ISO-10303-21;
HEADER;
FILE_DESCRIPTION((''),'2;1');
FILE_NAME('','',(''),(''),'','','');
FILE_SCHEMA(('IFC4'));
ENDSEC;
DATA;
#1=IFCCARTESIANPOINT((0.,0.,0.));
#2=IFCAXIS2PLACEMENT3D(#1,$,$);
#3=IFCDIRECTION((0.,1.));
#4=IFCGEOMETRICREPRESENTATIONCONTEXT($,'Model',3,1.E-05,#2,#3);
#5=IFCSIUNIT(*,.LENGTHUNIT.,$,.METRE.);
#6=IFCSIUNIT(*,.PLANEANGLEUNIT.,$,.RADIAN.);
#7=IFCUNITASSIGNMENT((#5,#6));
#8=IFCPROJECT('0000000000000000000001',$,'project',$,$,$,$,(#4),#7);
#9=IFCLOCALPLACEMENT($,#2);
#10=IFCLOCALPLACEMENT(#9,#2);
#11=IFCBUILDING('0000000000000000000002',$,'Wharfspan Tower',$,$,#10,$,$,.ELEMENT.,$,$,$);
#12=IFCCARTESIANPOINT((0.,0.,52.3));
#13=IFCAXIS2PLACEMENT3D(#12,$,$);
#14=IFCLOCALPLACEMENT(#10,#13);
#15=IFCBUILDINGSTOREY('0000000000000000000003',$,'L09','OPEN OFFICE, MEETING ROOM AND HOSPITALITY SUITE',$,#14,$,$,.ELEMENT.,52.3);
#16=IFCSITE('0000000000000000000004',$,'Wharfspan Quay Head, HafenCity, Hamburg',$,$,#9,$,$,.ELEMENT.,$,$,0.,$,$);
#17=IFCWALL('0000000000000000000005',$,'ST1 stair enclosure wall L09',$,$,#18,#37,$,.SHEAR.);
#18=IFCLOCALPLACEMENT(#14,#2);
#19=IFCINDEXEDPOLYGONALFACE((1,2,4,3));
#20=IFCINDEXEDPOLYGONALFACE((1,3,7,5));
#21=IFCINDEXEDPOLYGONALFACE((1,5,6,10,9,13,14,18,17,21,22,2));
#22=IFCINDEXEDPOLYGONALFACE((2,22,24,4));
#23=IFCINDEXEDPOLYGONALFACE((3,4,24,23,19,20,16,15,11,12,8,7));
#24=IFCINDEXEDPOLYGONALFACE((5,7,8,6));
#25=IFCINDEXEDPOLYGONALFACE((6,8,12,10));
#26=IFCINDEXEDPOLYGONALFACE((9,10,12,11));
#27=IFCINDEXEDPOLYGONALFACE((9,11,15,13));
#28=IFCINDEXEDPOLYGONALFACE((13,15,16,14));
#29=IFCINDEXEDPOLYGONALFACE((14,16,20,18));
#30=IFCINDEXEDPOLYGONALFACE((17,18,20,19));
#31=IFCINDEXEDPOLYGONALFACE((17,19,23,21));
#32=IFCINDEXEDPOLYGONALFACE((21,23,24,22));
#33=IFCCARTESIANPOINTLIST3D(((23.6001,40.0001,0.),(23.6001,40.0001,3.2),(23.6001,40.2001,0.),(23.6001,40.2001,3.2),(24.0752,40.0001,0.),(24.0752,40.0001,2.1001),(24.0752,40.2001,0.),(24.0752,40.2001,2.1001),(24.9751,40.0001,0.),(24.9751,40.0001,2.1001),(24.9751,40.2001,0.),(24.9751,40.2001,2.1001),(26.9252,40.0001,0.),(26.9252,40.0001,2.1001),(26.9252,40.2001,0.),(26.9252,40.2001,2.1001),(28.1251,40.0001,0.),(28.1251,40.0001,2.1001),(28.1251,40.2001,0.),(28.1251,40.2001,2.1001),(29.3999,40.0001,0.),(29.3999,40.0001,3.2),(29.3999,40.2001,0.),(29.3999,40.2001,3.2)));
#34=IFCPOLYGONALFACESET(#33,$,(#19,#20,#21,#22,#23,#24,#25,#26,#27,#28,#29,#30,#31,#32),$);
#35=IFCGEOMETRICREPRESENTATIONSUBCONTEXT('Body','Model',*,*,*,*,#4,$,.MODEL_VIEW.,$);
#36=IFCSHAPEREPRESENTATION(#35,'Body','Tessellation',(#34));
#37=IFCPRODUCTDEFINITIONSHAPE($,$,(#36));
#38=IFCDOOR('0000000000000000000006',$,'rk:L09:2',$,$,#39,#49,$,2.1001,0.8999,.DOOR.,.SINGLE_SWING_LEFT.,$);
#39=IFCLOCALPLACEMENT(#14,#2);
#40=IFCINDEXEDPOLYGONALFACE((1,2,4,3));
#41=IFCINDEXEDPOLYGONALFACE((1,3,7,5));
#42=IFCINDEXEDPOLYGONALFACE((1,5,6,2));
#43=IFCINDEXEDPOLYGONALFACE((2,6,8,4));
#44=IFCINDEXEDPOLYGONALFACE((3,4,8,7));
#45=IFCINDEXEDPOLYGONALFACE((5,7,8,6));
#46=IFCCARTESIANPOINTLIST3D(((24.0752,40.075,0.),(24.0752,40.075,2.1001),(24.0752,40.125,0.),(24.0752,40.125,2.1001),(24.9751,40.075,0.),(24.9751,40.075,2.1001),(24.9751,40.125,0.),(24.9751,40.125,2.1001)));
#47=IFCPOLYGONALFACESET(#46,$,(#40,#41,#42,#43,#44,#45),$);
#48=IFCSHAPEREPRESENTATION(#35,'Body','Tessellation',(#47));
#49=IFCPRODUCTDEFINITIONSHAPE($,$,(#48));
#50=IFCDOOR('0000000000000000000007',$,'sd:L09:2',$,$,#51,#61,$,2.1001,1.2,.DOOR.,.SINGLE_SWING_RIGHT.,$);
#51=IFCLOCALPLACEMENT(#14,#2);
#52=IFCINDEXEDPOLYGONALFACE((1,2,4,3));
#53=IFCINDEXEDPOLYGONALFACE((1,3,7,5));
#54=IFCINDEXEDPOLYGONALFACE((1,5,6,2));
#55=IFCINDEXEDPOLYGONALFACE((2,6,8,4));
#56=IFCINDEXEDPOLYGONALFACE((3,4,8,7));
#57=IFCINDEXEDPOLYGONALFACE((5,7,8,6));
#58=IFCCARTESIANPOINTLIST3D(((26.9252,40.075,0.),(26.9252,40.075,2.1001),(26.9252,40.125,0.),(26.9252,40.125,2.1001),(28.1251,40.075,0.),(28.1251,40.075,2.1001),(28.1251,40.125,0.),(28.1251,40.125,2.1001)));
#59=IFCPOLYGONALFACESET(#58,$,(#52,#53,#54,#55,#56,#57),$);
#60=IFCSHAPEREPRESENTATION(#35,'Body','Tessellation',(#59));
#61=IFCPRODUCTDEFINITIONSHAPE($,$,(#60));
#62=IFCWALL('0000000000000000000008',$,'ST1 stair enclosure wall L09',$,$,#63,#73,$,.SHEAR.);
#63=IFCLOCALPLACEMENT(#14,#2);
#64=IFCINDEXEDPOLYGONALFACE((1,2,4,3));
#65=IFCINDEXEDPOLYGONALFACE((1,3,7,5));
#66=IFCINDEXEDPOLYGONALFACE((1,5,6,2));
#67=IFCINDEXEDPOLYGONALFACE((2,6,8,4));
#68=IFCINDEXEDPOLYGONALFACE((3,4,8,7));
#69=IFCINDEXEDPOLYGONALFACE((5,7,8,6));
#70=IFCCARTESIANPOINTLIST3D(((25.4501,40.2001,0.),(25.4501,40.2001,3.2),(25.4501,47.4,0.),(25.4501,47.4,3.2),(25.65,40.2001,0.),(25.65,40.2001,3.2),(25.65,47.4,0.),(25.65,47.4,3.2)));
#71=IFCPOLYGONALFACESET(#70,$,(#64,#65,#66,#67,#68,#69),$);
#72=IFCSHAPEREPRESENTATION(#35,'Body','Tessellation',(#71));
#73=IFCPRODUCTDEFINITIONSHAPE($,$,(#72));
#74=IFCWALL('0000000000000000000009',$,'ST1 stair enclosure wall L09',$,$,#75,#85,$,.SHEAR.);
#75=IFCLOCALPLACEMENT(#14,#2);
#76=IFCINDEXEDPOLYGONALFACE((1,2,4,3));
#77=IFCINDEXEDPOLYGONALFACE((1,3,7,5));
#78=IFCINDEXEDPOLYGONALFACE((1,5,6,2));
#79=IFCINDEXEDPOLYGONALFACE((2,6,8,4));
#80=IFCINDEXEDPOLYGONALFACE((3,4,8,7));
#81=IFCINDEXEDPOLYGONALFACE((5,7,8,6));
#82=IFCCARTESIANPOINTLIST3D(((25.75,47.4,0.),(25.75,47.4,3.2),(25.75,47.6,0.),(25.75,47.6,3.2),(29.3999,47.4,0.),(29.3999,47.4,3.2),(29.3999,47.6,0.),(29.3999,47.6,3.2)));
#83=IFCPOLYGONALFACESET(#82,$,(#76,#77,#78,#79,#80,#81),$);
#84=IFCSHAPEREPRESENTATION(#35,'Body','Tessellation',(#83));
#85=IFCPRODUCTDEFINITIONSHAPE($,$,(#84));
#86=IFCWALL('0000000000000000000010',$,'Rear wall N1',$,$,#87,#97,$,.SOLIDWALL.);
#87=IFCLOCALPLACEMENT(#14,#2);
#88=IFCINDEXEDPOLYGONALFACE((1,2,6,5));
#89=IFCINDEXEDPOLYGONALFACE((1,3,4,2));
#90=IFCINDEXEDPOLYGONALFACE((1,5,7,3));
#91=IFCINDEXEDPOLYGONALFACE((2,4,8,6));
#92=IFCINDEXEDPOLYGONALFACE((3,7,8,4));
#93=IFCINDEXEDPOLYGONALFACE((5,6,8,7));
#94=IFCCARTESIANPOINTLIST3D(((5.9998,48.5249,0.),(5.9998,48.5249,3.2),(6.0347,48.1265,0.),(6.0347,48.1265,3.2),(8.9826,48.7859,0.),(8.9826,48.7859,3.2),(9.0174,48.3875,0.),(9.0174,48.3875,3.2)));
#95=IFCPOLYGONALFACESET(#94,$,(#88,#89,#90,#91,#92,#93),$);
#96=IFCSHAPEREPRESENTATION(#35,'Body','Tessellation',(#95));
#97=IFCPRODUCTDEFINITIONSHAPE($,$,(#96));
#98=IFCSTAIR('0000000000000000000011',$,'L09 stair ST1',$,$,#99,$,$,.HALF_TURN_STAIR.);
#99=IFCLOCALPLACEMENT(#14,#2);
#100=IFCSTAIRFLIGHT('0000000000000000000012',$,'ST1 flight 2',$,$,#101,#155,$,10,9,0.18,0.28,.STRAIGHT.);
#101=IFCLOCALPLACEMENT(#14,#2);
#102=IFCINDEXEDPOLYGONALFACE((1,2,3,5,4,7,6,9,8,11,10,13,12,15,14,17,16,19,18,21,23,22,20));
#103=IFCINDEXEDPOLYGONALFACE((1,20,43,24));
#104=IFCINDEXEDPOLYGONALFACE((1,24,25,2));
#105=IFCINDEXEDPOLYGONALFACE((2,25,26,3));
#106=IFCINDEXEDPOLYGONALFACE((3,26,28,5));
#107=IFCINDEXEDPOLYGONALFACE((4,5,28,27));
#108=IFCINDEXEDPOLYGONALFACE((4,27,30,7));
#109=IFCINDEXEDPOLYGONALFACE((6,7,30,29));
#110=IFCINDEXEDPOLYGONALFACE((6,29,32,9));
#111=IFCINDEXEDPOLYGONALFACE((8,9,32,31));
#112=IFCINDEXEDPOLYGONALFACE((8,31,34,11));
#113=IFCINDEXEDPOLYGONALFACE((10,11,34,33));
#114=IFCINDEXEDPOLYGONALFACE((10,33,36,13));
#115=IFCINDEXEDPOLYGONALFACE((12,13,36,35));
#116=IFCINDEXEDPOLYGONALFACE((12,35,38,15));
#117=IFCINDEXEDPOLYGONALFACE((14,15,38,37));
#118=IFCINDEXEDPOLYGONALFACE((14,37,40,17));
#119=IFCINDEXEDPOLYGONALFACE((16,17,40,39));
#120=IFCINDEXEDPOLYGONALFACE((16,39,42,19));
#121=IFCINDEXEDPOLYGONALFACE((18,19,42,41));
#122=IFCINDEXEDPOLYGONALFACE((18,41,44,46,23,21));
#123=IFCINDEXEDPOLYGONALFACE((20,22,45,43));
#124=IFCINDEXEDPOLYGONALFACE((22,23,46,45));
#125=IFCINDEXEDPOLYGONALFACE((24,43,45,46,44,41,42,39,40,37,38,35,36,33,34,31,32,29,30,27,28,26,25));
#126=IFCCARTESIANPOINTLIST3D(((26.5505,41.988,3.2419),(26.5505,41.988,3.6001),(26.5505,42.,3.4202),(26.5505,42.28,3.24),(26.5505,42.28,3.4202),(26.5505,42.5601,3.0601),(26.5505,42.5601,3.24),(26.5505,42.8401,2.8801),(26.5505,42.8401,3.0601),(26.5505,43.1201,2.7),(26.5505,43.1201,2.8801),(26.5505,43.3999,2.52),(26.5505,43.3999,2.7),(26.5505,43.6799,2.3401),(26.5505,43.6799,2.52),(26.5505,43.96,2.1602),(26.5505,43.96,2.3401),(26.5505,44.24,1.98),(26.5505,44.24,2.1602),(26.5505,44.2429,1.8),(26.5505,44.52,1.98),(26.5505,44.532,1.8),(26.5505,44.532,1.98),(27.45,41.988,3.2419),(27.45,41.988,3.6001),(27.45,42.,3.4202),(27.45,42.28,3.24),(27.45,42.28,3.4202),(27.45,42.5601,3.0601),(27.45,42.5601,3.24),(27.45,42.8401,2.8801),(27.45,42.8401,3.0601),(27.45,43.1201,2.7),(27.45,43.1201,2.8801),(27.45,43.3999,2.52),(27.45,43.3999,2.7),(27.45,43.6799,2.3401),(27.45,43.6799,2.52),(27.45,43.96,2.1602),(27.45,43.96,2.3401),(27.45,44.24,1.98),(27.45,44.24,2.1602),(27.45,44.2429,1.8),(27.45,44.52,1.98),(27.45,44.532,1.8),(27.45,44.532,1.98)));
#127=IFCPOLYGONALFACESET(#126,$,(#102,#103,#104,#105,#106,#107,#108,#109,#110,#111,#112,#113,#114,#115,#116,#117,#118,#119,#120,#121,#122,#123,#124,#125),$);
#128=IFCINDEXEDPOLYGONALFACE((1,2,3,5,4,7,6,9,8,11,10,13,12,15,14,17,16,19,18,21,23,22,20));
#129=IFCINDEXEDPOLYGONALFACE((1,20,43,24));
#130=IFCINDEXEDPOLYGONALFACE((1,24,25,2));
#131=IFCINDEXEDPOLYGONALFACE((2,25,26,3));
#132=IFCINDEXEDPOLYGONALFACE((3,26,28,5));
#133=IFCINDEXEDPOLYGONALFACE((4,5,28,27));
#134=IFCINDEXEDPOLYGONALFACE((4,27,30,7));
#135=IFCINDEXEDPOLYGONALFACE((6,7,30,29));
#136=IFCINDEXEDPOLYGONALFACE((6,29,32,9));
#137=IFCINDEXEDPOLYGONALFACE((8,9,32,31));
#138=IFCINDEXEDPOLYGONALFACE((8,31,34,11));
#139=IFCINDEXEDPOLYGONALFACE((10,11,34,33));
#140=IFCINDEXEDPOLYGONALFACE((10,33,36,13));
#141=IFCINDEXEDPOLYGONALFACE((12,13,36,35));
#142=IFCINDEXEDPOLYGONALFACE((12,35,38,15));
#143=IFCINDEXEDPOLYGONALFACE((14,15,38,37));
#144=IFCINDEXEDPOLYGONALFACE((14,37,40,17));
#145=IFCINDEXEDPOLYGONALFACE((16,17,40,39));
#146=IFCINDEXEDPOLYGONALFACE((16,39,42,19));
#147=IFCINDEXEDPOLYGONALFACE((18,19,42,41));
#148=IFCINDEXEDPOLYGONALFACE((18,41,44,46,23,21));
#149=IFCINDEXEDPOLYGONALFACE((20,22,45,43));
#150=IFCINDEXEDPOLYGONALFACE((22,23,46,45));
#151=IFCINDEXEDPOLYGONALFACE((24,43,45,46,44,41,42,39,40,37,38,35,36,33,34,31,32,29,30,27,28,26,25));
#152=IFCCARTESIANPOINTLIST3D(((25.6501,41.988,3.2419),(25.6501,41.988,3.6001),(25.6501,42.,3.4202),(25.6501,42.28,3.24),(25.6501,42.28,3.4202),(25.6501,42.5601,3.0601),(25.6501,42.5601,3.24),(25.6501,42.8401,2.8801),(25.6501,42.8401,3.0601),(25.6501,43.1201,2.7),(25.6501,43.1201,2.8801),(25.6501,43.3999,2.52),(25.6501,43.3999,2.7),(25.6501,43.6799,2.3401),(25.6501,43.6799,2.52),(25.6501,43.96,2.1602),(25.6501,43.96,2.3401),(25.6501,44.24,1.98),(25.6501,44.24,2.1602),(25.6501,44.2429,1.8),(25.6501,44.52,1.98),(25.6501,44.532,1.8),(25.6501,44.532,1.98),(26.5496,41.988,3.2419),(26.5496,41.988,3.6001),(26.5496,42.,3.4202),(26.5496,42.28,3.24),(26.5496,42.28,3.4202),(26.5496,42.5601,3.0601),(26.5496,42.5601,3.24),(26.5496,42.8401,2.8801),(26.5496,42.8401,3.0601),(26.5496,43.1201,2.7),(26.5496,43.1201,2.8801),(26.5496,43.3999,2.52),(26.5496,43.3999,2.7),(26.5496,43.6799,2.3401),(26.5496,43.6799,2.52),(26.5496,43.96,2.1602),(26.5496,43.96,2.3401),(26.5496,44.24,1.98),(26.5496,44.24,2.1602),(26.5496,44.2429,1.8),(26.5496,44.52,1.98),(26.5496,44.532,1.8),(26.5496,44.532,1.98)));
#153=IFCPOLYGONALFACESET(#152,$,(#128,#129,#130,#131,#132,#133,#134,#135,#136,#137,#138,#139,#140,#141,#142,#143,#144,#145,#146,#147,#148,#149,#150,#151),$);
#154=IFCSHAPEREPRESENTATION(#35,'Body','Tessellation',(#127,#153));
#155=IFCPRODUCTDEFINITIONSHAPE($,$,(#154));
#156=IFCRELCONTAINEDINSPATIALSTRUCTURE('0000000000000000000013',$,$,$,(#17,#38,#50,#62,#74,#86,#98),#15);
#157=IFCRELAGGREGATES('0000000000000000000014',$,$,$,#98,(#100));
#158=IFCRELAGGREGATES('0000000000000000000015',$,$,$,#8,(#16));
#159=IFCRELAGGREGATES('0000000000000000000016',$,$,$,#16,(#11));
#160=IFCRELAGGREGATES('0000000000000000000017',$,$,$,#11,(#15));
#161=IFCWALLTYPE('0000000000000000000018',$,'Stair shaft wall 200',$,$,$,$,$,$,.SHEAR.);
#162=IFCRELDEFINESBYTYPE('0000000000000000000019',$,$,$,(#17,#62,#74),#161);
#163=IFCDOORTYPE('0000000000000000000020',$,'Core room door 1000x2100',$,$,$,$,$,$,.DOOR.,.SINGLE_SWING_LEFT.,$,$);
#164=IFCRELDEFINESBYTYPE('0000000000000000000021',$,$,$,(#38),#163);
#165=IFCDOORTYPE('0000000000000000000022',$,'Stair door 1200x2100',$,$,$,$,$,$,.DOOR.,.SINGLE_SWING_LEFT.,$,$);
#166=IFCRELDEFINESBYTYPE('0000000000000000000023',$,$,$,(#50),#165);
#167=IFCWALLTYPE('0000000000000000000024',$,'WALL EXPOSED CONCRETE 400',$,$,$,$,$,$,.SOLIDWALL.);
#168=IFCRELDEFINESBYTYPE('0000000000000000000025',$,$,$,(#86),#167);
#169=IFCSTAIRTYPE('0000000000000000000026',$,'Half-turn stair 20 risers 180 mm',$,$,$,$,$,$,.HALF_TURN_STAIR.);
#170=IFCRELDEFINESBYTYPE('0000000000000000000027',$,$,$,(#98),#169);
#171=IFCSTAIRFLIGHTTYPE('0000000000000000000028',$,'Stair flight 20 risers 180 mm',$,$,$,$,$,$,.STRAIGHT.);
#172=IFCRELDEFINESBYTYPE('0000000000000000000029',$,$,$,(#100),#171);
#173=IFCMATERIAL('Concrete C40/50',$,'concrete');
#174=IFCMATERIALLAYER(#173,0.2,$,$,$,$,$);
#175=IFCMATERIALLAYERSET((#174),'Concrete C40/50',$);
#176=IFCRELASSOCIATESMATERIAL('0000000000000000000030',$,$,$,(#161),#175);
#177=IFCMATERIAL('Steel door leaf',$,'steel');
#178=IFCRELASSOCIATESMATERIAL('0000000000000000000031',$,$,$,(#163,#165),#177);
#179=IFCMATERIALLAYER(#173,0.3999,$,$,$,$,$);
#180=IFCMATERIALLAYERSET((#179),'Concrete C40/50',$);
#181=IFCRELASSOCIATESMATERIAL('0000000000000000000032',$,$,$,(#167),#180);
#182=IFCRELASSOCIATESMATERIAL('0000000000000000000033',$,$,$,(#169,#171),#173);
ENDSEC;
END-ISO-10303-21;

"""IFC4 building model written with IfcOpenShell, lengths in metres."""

from ifc_helpers import new_model, si_unit, direction, frame, frame_2d, origin, place, context, subcontext, project, spatial, polyline, rectangle, outline, extrude, material, layer, layer_set, type_object, element, fill, aggregate, save


model = new_model("IFC4")

# Units and contexts
model_context = context("Model", 3, precision=1e-05, world=origin(), true_north=direction((0.0, 1.0)))
body_context = subcontext(model_context, "Body", "Model", "MODEL_VIEW")
ifc_project = project(units=[si_unit("LENGTHUNIT", "METRE"), si_unit("PLANEANGLEUNIT", "RADIAN")], contexts=[model_context])

# Site, building, storey
site_placement = place(None, origin())
site = spatial("IfcSite", under=ifc_project, at=site_placement, Name="Wharfspan Quay Head, HafenCity, Hamburg", CompositionType="ELEMENT", RefElevation=0.0)
building_placement = place(site_placement, origin())
building = spatial("IfcBuilding", under=site, at=building_placement, Name="Wharfspan Tower", CompositionType="ELEMENT")
storey_placement = place(building_placement, frame((0.0, 0.0, 52.3)))
storey = spatial("IfcBuildingStorey", under=building, at=storey_placement, Name="L09", Description="OPEN OFFICE, MEETING ROOM AND HOSPITALITY SUITE", CompositionType="ELEMENT", Elevation=52.3)

# Wall, openings, doors
ifc_material_1 = material(Name="Concrete C40/50", Category="concrete")
ifc_layer_1 = layer(ifc_material_1, 0.2)
ifc_layer_set_1 = layer_set([ifc_layer_1], Name="Concrete C40/50")
wall_type_1 = type_object("IfcWallType", Name="Stair shaft wall 200", PredefinedType="SHEAR", material=ifc_layer_set_1)
wall_1_placement = place(storey_placement, frame((23.6001, 40.1001, 0.0), z_axis=(0.0, 0.0, 1.0), x_axis=(1.0, 0.0, 0.0)))
wall_1 = element("IfcWall", 1, at=wall_1_placement, inside=storey, type_object=wall_type_1, Name="ST1 stair enclosure wall L09", PredefinedType="SHEAR", context=body_context, shape_type="SweptSolid", body=[
    extrude(rectangle(XDim=5.7998, YDim=0.2, at=frame_2d((2.8999, 0.0))), origin(), (0.0, 0.0, 1.0), 3.2),
])
opening_1_placement = place(wall_1_placement, frame((3.325, 0.0, 0.0)))
opening_1 = element("IfcOpeningElement", 2, at=opening_1_placement, cuts=wall_1, PredefinedType="OPENING", context=body_context, shape_type="SweptSolid", body=[
    extrude(rectangle(XDim=1.2, YDim=2.1001, at=frame_2d((0.6001, 1.05))), frame((0.0, 0.1099, 0.0), z_axis=(0.0, -1.0, 0.0), x_axis=(1.0, 0.0, 0.0)), (0.0, 0.0, 1.0), 0.22),
])
opening_2_placement = place(wall_1_placement, frame((0.4751, 0.0, 0.0)))
opening_2 = element("IfcOpeningElement", 3, at=opening_2_placement, cuts=wall_1, PredefinedType="OPENING", context=body_context, shape_type="SweptSolid", body=[
    extrude(rectangle(XDim=0.8999, YDim=2.1001, at=frame_2d((0.45, 1.05))), frame((0.0, 0.1099, 0.0), z_axis=(0.0, -1.0, 0.0), x_axis=(1.0, 0.0, 0.0)), (0.0, 0.0, 1.0), 0.22),
])
ifc_material_2 = material(Name="Steel door leaf", Category="steel")
door_type_1 = type_object("IfcDoorType", Name="Core room door 1000x2100", OperationType="SINGLE_SWING_LEFT", PredefinedType="DOOR", material=ifc_material_2)
door_1_placement = place(opening_2_placement, origin())
door_1 = element("IfcDoor", 4, at=door_1_placement, inside=storey, type_object=door_type_1, Name="rk:L09:2", OperationType="SINGLE_SWING_LEFT", OverallHeight=2.1001, OverallWidth=0.8999, PredefinedType="DOOR", context=body_context, shape_type="SweptSolid", body=[
    extrude(rectangle(XDim=0.8999, YDim=2.1001, at=frame_2d((0.45, 1.05))), frame((0.0, 0.0249, 0.0), z_axis=(0.0, -1.0, 0.0), x_axis=(1.0, 0.0, 0.0)), (0.0, 0.0, 1.0), 0.05),
])
fill(opening_2, door_1)
door_type_2 = type_object("IfcDoorType", Name="Stair door 1200x2100", OperationType="SINGLE_SWING_LEFT", PredefinedType="DOOR", material=ifc_material_2)
door_2_placement = place(opening_1_placement, origin())
door_2 = element("IfcDoor", 5, at=door_2_placement, inside=storey, type_object=door_type_2, Name="sd:L09:2", OperationType="SINGLE_SWING_RIGHT", OverallHeight=2.1001, OverallWidth=1.2, PredefinedType="DOOR", context=body_context, shape_type="SweptSolid", body=[
    extrude(rectangle(XDim=1.2, YDim=2.1001, at=frame_2d((0.6001, 1.05))), frame((0.0, 0.0249, 0.0), z_axis=(0.0, -1.0, 0.0), x_axis=(1.0, 0.0, 0.0)), (0.0, 0.0, 1.0), 0.05),
])
fill(opening_1, door_2)

# Walls
wall_2_placement = place(storey_placement, frame((25.55, 40.2, 0.0), z_axis=(0.0, 0.0, 1.0), x_axis=(0.0, 1.0, 0.0)))
element("IfcWall", 6, at=wall_2_placement, inside=storey, type_object=wall_type_1, Name="ST1 stair enclosure wall L09", PredefinedType="SHEAR", context=body_context, shape_type="SweptSolid", body=[
    extrude(rectangle(XDim=7.2, YDim=0.2, at=frame_2d((3.6001, 0.0))), origin(), (0.0, 0.0, 1.0), 3.2),
])
wall_3_placement = place(storey_placement, frame((25.75, 47.5, 0.0), z_axis=(0.0, 0.0, 1.0), x_axis=(1.0, 0.0, 0.0)))
element("IfcWall", 7, at=wall_3_placement, inside=storey, type_object=wall_type_1, Name="ST1 stair enclosure wall L09", PredefinedType="SHEAR", context=body_context, shape_type="SweptSolid", body=[
    extrude(rectangle(XDim=3.6499, YDim=0.2, at=frame_2d((1.825, 0.0))), origin(), (0.0, 0.0, 1.0), 3.2),
])
ifc_layer_2 = layer(ifc_material_1, 0.3999)
ifc_layer_set_2 = layer_set([ifc_layer_2], Name="Concrete C40/50")
wall_type_2 = type_object("IfcWallType", Name="WALL EXPOSED CONCRETE 400", PredefinedType="SOLIDWALL", material=ifc_layer_set_2)
wall_4_placement = place(storey_placement, frame((9.0, 48.5867, 0.0), z_axis=(0.0, 0.0, 1.0), x_axis=(-0.996194, -0.087168, 0.0)))
element("IfcWall", 8, at=wall_4_placement, inside=storey, type_object=wall_type_2, Name="Rear wall N1", PredefinedType="SOLIDWALL", context=body_context, shape_type="SweptSolid", body=[
    extrude(rectangle(XDim=2.9941, YDim=0.3999, at=frame_2d((1.4971, 0.0))), origin(), (0.0, 0.0, 1.0), 3.2),
])

# Stair, stair flight
stair_type = type_object("IfcStairType", Name="Half-turn stair 20 risers 180 mm", PredefinedType="HALF_TURN_STAIR", material=ifc_material_1)
stair_placement = place(storey_placement, origin())
stair = element("IfcStair", 9, at=stair_placement, inside=storey, type_object=stair_type, Name="L09 stair ST1", PredefinedType="HALF_TURN_STAIR")
stair_flight_type = type_object("IfcStairFlightType", Name="Stair flight 20 risers 180 mm", PredefinedType="STRAIGHT", material=ifc_material_1)
stair_flight_placement = place(storey_placement, frame((26.55, 44.52, 1.8), z_axis=(0.0, 0.0, 1.0), x_axis=(0.0, -1.0, 0.0)))
stair_flight = element("IfcStairFlight", 10, at=stair_flight_placement, type_object=stair_flight_type, Name="ST1 flight 2", NumberOfRisers=10, NumberOfTreads=9, PredefinedType="STRAIGHT", RiserHeight=0.18, TreadLength=0.28, context=body_context, shape_type="SweptSolid", body=[
    extrude(outline(polyline([(-0.012, 0.0), (-0.012, 0.1799), (0.0, 0.1799), (0.28, 0.1799), (0.28, 0.3601), (0.5601, 0.3601), (0.5601, 0.54), (0.8401, 0.54), (0.8401, 0.72), (1.1201, 0.72), (1.1201, 0.8999), (1.3999, 0.8999), (1.3999, 1.0801), (1.6799, 1.0801), (1.6799, 1.26), (1.96, 1.26), (1.96, 1.4399), (2.24, 1.4399), (2.24, 1.6201), (2.52, 1.6201), (2.532, 1.8), (2.532, 1.4419), (0.2771, 0.0), (-0.012, 0.0)])), frame((0.0, 0.8999, 0.0), z_axis=(0.0, -1.0, 0.0), x_axis=(1.0, 0.0, 0.0)), (0.0, 0.0, 1.0), 0.8994),
    extrude(outline(polyline([(-0.012, 0.0), (-0.012, 0.1799), (0.0, 0.1799), (0.28, 0.1799), (0.28, 0.3601), (0.5601, 0.3601), (0.5601, 0.54), (0.8401, 0.54), (0.8401, 0.72), (1.1201, 0.72), (1.1201, 0.8999), (1.3999, 0.8999), (1.3999, 1.0801), (1.6799, 1.0801), (1.6799, 1.26), (1.96, 1.26), (1.96, 1.4399), (2.24, 1.4399), (2.24, 1.6201), (2.52, 1.6201), (2.532, 1.8), (2.532, 1.4419), (0.2771, 0.0), (-0.012, 0.0)])), frame((0.0, -0.0005, 0.0), z_axis=(0.0, -1.0, 0.0), x_axis=(1.0, 0.0, 0.0)), (0.0, 0.0, 1.0), 0.8994),
])
aggregate(stair, [stair_flight])

save(model, "model.ifc")
